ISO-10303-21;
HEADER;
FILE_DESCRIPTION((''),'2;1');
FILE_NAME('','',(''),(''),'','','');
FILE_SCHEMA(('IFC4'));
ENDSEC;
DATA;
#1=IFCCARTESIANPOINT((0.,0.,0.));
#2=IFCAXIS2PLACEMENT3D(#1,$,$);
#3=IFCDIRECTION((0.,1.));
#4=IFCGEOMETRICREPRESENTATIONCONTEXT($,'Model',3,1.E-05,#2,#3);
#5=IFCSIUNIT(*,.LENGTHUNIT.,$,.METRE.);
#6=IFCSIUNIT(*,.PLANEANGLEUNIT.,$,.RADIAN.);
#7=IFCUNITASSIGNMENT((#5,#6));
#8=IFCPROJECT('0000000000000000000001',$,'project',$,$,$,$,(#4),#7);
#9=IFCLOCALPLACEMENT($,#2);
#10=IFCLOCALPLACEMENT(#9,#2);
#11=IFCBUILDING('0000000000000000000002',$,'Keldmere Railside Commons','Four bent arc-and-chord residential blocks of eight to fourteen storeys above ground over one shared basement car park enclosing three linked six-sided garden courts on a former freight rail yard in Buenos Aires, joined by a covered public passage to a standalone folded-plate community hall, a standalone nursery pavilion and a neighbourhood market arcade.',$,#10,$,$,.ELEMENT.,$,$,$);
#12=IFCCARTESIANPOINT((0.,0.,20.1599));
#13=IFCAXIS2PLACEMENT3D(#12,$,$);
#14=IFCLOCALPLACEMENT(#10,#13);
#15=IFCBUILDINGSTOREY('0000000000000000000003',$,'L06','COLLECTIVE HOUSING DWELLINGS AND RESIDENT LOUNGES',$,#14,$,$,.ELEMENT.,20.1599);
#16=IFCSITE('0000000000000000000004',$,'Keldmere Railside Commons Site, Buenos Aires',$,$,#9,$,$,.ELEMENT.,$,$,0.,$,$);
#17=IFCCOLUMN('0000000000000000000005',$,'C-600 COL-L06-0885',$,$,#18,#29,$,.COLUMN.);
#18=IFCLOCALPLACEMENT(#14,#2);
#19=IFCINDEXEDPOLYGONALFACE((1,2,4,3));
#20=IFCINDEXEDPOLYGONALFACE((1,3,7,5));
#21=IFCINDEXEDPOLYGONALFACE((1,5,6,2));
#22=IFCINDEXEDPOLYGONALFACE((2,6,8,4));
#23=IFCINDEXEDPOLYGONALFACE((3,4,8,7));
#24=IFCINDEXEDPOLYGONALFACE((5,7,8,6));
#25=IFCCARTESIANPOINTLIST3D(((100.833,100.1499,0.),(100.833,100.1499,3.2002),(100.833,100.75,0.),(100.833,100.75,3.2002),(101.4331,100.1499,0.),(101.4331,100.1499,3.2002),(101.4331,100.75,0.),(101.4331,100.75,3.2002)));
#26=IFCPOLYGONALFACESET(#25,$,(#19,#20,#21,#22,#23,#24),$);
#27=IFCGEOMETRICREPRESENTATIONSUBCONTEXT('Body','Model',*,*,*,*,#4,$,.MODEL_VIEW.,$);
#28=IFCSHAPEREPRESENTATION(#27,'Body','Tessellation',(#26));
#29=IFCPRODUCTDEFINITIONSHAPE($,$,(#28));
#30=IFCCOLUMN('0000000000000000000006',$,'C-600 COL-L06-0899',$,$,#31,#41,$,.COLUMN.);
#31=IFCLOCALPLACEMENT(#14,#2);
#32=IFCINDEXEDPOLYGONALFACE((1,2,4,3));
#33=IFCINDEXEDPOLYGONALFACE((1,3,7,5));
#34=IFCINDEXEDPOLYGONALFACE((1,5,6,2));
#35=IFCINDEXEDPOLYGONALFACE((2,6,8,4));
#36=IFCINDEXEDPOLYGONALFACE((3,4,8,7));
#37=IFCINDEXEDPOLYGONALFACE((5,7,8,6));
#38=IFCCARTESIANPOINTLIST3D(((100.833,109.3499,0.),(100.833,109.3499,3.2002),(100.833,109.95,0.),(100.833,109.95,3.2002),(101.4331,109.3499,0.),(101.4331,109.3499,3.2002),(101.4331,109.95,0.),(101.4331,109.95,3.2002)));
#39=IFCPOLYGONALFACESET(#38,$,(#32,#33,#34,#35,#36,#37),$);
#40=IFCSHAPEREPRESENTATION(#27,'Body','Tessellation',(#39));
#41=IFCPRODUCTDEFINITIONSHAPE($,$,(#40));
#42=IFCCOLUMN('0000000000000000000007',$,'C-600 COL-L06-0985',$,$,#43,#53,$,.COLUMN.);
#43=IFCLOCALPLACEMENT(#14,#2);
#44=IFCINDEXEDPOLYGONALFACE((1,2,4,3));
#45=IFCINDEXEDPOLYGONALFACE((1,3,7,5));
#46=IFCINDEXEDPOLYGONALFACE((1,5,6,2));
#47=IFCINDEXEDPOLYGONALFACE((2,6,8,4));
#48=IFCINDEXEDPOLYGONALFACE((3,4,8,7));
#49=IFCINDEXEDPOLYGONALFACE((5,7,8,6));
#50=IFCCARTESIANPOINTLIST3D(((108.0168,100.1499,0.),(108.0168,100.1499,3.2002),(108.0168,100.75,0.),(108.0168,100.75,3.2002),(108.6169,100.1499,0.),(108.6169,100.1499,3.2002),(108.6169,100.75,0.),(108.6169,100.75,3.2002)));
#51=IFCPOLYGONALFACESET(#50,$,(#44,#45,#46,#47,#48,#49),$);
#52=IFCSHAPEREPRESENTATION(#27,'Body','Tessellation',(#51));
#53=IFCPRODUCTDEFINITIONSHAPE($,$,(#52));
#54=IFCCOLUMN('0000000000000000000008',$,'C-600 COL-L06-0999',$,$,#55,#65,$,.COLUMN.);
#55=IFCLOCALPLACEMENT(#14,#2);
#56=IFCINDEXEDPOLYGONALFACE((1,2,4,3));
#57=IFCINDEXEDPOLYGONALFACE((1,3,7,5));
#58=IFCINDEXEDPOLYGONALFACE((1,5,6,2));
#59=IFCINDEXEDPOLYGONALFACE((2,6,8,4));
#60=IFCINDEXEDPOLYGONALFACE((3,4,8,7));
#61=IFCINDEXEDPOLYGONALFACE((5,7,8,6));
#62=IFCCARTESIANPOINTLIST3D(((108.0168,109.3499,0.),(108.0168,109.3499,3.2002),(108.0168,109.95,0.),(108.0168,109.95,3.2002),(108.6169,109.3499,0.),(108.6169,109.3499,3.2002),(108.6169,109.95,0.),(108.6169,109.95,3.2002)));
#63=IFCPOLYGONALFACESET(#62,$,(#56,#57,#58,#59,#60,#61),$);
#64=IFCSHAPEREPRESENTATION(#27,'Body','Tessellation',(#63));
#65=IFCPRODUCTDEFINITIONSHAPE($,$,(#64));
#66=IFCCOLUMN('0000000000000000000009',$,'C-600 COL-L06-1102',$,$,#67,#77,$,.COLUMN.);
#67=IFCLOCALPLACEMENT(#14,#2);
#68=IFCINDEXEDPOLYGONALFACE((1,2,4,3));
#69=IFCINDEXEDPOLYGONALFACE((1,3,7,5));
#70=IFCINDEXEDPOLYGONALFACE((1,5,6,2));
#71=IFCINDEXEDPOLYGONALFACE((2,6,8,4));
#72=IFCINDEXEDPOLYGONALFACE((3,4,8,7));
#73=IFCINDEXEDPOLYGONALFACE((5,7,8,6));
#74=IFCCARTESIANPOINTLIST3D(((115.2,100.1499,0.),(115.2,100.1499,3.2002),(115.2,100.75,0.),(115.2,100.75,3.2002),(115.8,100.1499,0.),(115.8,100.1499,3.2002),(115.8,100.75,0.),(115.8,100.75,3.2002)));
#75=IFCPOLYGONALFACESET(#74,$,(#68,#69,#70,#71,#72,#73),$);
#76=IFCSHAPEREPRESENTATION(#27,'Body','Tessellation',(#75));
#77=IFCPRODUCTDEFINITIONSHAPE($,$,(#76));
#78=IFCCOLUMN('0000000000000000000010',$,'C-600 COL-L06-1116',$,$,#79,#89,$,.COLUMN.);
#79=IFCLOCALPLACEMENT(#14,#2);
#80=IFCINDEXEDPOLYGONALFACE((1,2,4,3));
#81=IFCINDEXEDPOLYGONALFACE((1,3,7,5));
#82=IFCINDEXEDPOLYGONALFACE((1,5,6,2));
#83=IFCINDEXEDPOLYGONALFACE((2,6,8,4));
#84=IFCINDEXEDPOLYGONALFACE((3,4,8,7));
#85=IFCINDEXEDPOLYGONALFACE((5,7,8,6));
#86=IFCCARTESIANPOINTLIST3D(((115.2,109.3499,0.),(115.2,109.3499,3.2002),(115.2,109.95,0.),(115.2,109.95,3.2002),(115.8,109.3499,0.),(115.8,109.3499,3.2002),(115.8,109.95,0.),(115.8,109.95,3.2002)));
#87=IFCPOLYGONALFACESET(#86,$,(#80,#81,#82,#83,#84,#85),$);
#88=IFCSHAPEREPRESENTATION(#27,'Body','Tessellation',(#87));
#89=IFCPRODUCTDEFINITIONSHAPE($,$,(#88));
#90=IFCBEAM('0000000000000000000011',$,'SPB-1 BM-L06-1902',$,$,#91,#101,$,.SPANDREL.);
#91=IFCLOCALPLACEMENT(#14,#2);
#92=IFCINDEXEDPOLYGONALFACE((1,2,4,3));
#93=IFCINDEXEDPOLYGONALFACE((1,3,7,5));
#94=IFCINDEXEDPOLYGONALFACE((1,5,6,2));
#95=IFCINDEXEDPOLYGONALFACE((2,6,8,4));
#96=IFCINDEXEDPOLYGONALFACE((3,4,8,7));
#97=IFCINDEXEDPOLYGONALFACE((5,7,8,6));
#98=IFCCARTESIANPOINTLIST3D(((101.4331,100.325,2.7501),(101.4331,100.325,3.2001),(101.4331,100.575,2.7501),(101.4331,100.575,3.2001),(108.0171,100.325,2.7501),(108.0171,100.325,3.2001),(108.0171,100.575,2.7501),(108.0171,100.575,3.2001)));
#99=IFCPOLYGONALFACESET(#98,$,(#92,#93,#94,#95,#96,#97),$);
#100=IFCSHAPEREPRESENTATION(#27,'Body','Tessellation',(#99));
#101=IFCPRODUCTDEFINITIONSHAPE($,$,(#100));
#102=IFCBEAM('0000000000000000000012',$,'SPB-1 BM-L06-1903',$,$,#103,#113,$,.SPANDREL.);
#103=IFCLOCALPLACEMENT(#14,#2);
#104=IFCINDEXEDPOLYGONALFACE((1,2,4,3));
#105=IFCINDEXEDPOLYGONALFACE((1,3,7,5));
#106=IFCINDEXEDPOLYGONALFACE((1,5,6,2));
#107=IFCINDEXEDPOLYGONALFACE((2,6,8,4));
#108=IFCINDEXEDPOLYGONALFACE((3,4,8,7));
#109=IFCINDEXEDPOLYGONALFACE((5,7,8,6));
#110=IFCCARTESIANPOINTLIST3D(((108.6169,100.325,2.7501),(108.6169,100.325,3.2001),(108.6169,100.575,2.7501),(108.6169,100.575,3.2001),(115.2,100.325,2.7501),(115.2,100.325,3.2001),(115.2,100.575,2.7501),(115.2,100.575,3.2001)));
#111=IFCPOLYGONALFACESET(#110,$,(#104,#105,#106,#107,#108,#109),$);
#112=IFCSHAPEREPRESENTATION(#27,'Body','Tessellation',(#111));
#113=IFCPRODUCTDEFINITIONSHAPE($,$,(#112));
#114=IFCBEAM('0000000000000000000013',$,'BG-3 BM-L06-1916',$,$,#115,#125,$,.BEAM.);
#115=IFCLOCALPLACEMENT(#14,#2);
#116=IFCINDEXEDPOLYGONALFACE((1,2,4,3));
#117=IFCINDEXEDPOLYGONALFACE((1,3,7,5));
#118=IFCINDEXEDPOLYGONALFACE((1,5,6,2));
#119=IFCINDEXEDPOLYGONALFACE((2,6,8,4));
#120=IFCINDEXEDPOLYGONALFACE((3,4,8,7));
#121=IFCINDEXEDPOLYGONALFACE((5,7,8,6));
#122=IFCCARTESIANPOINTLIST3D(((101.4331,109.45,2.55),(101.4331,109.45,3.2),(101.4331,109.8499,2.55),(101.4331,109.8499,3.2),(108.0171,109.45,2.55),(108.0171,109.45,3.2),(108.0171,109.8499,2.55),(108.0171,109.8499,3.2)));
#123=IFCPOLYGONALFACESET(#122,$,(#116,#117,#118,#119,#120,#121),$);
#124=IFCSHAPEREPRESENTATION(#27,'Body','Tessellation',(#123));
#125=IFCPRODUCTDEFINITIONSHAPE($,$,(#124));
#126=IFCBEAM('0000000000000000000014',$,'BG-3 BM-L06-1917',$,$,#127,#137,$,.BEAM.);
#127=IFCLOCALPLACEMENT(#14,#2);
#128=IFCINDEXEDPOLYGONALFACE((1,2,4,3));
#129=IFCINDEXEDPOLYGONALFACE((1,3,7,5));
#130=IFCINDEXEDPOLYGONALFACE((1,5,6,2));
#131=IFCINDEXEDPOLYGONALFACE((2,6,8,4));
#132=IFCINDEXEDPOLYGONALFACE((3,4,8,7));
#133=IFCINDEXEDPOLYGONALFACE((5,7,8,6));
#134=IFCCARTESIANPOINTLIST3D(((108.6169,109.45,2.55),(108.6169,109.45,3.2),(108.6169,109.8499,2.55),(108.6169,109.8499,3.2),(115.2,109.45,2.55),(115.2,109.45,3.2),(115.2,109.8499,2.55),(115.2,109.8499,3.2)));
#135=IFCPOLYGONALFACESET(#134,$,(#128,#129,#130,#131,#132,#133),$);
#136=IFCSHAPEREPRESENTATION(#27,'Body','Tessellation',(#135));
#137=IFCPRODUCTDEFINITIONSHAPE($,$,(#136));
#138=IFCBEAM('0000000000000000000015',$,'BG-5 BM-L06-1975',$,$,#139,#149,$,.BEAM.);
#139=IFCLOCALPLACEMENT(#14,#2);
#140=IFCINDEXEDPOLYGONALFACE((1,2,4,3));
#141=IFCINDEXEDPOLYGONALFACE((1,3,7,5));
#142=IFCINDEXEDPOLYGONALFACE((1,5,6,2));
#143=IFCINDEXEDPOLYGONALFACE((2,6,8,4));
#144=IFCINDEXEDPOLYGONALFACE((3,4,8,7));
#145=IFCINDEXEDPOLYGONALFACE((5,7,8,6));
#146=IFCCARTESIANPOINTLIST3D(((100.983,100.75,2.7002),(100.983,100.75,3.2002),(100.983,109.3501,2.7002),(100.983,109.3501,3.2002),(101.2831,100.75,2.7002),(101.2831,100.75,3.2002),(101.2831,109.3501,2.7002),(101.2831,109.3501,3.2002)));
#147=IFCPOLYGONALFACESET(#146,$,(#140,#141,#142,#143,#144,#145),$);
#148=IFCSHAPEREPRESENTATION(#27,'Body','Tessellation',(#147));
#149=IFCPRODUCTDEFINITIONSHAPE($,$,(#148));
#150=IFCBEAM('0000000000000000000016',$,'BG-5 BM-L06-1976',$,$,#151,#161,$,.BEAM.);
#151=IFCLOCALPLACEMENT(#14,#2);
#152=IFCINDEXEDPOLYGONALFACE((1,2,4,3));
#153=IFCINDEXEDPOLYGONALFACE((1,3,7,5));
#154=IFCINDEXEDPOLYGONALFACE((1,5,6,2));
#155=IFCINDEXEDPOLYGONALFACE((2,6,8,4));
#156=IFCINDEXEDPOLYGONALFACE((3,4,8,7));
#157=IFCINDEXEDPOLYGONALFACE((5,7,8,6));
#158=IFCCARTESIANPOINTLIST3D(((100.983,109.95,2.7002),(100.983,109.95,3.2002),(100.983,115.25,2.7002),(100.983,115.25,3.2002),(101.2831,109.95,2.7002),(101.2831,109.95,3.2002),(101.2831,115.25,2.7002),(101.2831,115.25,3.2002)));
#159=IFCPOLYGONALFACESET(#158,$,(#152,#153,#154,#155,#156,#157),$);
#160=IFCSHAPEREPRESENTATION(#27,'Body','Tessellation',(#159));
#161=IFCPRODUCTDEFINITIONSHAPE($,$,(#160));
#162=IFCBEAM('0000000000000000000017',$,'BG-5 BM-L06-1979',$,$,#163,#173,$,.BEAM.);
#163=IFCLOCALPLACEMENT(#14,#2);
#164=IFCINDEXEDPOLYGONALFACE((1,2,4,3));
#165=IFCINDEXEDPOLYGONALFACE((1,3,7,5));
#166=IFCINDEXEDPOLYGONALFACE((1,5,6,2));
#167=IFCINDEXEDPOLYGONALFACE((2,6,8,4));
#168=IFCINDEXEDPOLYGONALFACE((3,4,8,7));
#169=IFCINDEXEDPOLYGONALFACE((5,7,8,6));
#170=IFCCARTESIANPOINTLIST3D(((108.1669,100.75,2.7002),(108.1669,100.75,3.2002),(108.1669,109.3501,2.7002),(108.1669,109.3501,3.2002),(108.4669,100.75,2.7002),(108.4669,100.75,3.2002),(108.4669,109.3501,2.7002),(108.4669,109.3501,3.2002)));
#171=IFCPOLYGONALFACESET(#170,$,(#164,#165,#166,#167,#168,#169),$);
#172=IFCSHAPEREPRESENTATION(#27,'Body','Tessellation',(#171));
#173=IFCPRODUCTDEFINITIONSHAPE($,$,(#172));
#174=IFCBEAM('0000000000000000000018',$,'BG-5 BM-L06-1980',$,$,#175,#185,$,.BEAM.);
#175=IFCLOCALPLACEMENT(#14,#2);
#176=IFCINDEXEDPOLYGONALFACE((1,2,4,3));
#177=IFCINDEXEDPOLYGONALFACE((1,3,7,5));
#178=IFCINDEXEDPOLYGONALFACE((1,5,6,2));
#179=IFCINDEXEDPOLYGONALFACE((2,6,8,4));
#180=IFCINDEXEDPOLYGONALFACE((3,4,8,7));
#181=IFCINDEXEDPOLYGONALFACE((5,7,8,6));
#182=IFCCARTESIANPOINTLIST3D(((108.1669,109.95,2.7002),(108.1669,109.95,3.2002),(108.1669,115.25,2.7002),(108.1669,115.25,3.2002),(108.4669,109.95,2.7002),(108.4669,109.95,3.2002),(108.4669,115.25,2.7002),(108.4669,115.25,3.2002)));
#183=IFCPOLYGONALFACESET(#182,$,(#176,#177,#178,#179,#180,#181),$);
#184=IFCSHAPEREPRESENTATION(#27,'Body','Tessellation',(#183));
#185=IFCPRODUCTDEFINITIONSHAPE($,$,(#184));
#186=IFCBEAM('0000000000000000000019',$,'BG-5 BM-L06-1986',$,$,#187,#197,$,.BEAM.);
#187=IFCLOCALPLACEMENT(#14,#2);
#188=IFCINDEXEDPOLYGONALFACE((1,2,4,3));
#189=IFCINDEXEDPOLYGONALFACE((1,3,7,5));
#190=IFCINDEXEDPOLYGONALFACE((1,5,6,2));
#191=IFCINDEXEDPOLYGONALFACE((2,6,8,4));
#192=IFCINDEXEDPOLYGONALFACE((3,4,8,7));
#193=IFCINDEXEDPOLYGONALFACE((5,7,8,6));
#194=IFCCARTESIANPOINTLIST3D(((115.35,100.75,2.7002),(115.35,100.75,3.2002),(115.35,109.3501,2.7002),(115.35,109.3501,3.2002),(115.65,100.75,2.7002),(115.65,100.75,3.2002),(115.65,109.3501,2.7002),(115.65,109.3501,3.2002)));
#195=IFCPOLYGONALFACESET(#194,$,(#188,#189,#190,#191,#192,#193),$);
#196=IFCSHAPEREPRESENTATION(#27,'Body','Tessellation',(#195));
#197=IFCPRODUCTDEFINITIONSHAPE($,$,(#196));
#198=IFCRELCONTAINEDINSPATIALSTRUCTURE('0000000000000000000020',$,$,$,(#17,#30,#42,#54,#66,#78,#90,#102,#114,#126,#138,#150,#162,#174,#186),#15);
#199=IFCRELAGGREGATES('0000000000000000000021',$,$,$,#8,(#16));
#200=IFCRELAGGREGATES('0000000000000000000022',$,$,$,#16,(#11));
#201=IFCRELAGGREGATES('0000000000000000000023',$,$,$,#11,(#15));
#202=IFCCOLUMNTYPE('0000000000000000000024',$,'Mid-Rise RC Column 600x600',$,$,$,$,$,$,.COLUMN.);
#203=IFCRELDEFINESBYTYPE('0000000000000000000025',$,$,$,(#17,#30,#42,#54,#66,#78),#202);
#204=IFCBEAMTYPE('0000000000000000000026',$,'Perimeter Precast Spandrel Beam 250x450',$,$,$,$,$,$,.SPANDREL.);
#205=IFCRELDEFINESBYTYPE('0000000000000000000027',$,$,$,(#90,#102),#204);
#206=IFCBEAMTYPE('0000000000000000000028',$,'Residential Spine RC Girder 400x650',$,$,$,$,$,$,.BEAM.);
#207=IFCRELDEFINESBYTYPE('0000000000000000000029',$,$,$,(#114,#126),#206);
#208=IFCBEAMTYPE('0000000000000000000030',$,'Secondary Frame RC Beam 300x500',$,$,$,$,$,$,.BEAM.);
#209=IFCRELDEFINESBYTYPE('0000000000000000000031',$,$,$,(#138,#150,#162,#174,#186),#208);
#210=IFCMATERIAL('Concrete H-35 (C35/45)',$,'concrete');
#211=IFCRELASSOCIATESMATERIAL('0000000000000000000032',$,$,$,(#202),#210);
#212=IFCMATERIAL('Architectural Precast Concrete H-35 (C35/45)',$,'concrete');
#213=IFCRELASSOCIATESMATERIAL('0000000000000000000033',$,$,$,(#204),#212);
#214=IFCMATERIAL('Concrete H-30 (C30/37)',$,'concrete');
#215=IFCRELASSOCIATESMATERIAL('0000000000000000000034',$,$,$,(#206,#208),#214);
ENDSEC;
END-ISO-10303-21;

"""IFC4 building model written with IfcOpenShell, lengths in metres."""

from ifc_helpers import new_model, si_unit, direction, frame, origin, origin_2d, place, context, subcontext, project, spatial, rectangle, extrude, material, material_profile, profile_set, type_object, element, save


model = new_model("IFC4")

# Units and contexts
model_context = context("Model", 3, precision=1e-05, world=origin(), true_north=direction((0.0, 1.0)))
body_context = subcontext(model_context, "Body", "Model", "MODEL_VIEW")
ifc_project = project(units=[si_unit("LENGTHUNIT", "METRE"), si_unit("PLANEANGLEUNIT", "RADIAN")], contexts=[model_context])

# Site, building, storey
site_placement = place(None, origin())
site = spatial("IfcSite", under=ifc_project, at=site_placement, Name="Keldmere Railside Commons Site, Buenos Aires", CompositionType="ELEMENT", RefElevation=0.0)
building_placement = place(site_placement, origin())
building = spatial("IfcBuilding", under=site, at=building_placement, Name="Keldmere Railside Commons", Description="Four bent arc-and-chord residential blocks of eight to fourteen storeys above ground over one shared basement car park enclosing three linked six-sided garden courts on a former freight rail yard in Buenos Aires, joined by a covered public passage to a standalone folded-plate community hall, a standalone nursery pavilion and a neighbourhood market arcade.", CompositionType="ELEMENT")
storey_placement = place(building_placement, frame((0.0, 0.0, 20.1599)))
storey = spatial("IfcBuildingStorey", under=building, at=storey_placement, Name="L06", Description="COLLECTIVE HOUSING DWELLINGS AND RESIDENT LOUNGES", CompositionType="ELEMENT", Elevation=20.1599)

# Columns
ifc_material_1 = material(Name="Concrete H-35 (C35/45)", Category="concrete")
ifc_material_profile_1 = material_profile(ifc_material_1, rectangle(XDim=0.6001, YDim=0.6001, at=origin_2d()), Name="RC-600x600")
ifc_profile_set_1 = profile_set([ifc_material_profile_1], Name="Concrete H-35 (C35/45)")
column_type = type_object("IfcColumnType", Name="Mid-Rise RC Column 600x600", PredefinedType="COLUMN", material=ifc_profile_set_1)
for number, where, z_axis, x_axis, name in (
    (1, (101.1331, 100.45, 0.0), (0.0, 0.0, 1.0), (1.0, 0.0, 0.0), "C-600 COL-L06-0885"),
    (2, (101.1331, 109.6499, 0.0), (0.0, 0.0, 1.0), (1.0, 0.0, 0.0), "C-600 COL-L06-0899"),
    (3, (108.3169, 100.45, 0.0), (0.0, 0.0, 1.0), (1.0, 0.0, 0.0), "C-600 COL-L06-0985"),
    (4, (108.3169, 109.6499, 0.0), (0.0, 0.0, 1.0), (1.0, 0.0, 0.0), "C-600 COL-L06-0999"),
    (5, (115.5, 100.45, 0.0), (0.0, 0.0, 1.0), (1.0, 0.0, 0.0), "C-600 COL-L06-1102"),
    (6, (115.5, 109.6499, 0.0), (0.0, 0.0, 1.0), (1.0, 0.0, 0.0), "C-600 COL-L06-1116"),
):
    element("IfcColumn", number, at=place(storey_placement, frame(where, z_axis=z_axis, x_axis=x_axis)), inside=storey, type_object=column_type, Name=name, PredefinedType="COLUMN", context=body_context, shape_type="SweptSolid", body=[
        extrude(rectangle(XDim=0.6001, YDim=0.6001, at=origin_2d()), origin(), (0.0, 0.0, 1.0), 3.2002),
    ])

# Beams
ifc_material_2 = material(Name="Architectural Precast Concrete H-35 (C35/45)", Category="concrete")
ifc_material_profile_2 = material_profile(ifc_material_2, rectangle(XDim=0.25, YDim=0.45, at=origin_2d()), Name="RC-250x450")
ifc_profile_set_2 = profile_set([ifc_material_profile_2], Name="Architectural Precast Concrete H-35 (C35/45)")
beam_type_1 = type_object("IfcBeamType", Name="Perimeter Precast Spandrel Beam 250x450", PredefinedType="SPANDREL", material=ifc_profile_set_2)
beam_1_placement = place(storey_placement, frame((101.4331, 100.45, 2.9751), z_axis=(1.0, 0.0, 0.0), x_axis=(0.0, 1.0, 0.0)))
element("IfcBeam", 7, at=beam_1_placement, inside=storey, type_object=beam_type_1, Name="SPB-1 BM-L06-1902", PredefinedType="SPANDREL", context=body_context, shape_type="SweptSolid", body=[
    extrude(rectangle(XDim=0.25, YDim=0.45, at=origin_2d()), origin(), (0.0, 0.0, 1.0), 6.584),
])
beam_2_placement = place(storey_placement, frame((108.6169, 100.45, 2.9751), z_axis=(1.0, 0.0, 0.0), x_axis=(0.0, 1.0, 0.0)))
element("IfcBeam", 8, at=beam_2_placement, inside=storey, type_object=beam_type_1, Name="SPB-1 BM-L06-1903", PredefinedType="SPANDREL", context=body_context, shape_type="SweptSolid", body=[
    extrude(rectangle(XDim=0.25, YDim=0.45, at=origin_2d()), origin(), (0.0, 0.0, 1.0), 6.583),
])
ifc_material_3 = material(Name="Concrete H-30 (C30/37)", Category="concrete")
ifc_material_profile_3 = material_profile(ifc_material_3, rectangle(XDim=0.3999, YDim=0.6499, at=origin_2d()), Name="RC-400x650")
ifc_profile_set_3 = profile_set([ifc_material_profile_3], Name="Concrete H-30 (C30/37)")
beam_type_2 = type_object("IfcBeamType", Name="Residential Spine RC Girder 400x650", PredefinedType="BEAM", material=ifc_profile_set_3)
beam_3_placement = place(storey_placement, frame((101.4331, 109.6499, 2.875), z_axis=(1.0, 0.0, 0.0), x_axis=(0.0, 1.0, 0.0)))
element("IfcBeam", 9, at=beam_3_placement, inside=storey, type_object=beam_type_2, Name="BG-3 BM-L06-1916", PredefinedType="BEAM", context=body_context, shape_type="SweptSolid", body=[
    extrude(rectangle(XDim=0.3999, YDim=0.6499, at=origin_2d()), origin(), (0.0, 0.0, 1.0), 6.584),
])
beam_4_placement = place(storey_placement, frame((108.6169, 109.6499, 2.875), z_axis=(1.0, 0.0, 0.0), x_axis=(0.0, 1.0, 0.0)))
element("IfcBeam", 10, at=beam_4_placement, inside=storey, type_object=beam_type_2, Name="BG-3 BM-L06-1917", PredefinedType="BEAM", context=body_context, shape_type="SweptSolid", body=[
    extrude(rectangle(XDim=0.3999, YDim=0.6499, at=origin_2d()), origin(), (0.0, 0.0, 1.0), 6.583),
])
ifc_material_profile_4 = material_profile(ifc_material_3, rectangle(XDim=0.3, YDim=0.5, at=origin_2d()), Name="RC-300x500")
ifc_profile_set_4 = profile_set([ifc_material_profile_4], Name="Concrete H-30 (C30/37)")
beam_type_3 = type_object("IfcBeamType", Name="Secondary Frame RC Beam 300x500", PredefinedType="BEAM", material=ifc_profile_set_4)
beam_5_placement = place(storey_placement, frame((101.1331, 100.75, 2.9502), z_axis=(0.0, 1.0, 0.0), x_axis=(-1.0, 0.0, 0.0)))
element("IfcBeam", 11, at=beam_5_placement, inside=storey, type_object=beam_type_3, Name="BG-5 BM-L06-1975", PredefinedType="BEAM", context=body_context, shape_type="SweptSolid", body=[
    extrude(rectangle(XDim=0.3, YDim=0.5, at=origin_2d()), origin(), (0.0, 0.0, 1.0), 8.6001),
])
beam_6_placement = place(storey_placement, frame((101.1331, 109.95, 2.9502), z_axis=(0.0, 1.0, 0.0), x_axis=(-1.0, 0.0, 0.0)))
element("IfcBeam", 12, at=beam_6_placement, inside=storey, type_object=beam_type_3, Name="BG-5 BM-L06-1976", PredefinedType="BEAM", context=body_context, shape_type="SweptSolid", body=[
    extrude(rectangle(XDim=0.3, YDim=0.5, at=origin_2d()), origin(), (0.0, 0.0, 1.0), 5.3),
])
beam_7_placement = place(storey_placement, frame((108.3169, 100.75, 2.9502), z_axis=(0.0, 1.0, 0.0), x_axis=(-1.0, 0.0, 0.0)))
element("IfcBeam", 13, at=beam_7_placement, inside=storey, type_object=beam_type_3, Name="BG-5 BM-L06-1979", PredefinedType="BEAM", context=body_context, shape_type="SweptSolid", body=[
    extrude(rectangle(XDim=0.3, YDim=0.5, at=origin_2d()), origin(), (0.0, 0.0, 1.0), 8.6001),
])
beam_8_placement = place(storey_placement, frame((108.3169, 109.95, 2.9502), z_axis=(0.0, 1.0, 0.0), x_axis=(-1.0, 0.0, 0.0)))
element("IfcBeam", 14, at=beam_8_placement, inside=storey, type_object=beam_type_3, Name="BG-5 BM-L06-1980", PredefinedType="BEAM", context=body_context, shape_type="SweptSolid", body=[
    extrude(rectangle(XDim=0.3, YDim=0.5, at=origin_2d()), origin(), (0.0, 0.0, 1.0), 5.3),
])
beam_9_placement = place(storey_placement, frame((115.5, 100.75, 2.9502), z_axis=(0.0, 1.0, 0.0), x_axis=(-1.0, 0.0, 0.0)))
element("IfcBeam", 15, at=beam_9_placement, inside=storey, type_object=beam_type_3, Name="BG-5 BM-L06-1986", PredefinedType="BEAM", context=body_context, shape_type="SweptSolid", body=[
    extrude(rectangle(XDim=0.3, YDim=0.5, at=origin_2d()), origin(), (0.0, 0.0, 1.0), 8.6001),
])

save(model, "model.ifc")
